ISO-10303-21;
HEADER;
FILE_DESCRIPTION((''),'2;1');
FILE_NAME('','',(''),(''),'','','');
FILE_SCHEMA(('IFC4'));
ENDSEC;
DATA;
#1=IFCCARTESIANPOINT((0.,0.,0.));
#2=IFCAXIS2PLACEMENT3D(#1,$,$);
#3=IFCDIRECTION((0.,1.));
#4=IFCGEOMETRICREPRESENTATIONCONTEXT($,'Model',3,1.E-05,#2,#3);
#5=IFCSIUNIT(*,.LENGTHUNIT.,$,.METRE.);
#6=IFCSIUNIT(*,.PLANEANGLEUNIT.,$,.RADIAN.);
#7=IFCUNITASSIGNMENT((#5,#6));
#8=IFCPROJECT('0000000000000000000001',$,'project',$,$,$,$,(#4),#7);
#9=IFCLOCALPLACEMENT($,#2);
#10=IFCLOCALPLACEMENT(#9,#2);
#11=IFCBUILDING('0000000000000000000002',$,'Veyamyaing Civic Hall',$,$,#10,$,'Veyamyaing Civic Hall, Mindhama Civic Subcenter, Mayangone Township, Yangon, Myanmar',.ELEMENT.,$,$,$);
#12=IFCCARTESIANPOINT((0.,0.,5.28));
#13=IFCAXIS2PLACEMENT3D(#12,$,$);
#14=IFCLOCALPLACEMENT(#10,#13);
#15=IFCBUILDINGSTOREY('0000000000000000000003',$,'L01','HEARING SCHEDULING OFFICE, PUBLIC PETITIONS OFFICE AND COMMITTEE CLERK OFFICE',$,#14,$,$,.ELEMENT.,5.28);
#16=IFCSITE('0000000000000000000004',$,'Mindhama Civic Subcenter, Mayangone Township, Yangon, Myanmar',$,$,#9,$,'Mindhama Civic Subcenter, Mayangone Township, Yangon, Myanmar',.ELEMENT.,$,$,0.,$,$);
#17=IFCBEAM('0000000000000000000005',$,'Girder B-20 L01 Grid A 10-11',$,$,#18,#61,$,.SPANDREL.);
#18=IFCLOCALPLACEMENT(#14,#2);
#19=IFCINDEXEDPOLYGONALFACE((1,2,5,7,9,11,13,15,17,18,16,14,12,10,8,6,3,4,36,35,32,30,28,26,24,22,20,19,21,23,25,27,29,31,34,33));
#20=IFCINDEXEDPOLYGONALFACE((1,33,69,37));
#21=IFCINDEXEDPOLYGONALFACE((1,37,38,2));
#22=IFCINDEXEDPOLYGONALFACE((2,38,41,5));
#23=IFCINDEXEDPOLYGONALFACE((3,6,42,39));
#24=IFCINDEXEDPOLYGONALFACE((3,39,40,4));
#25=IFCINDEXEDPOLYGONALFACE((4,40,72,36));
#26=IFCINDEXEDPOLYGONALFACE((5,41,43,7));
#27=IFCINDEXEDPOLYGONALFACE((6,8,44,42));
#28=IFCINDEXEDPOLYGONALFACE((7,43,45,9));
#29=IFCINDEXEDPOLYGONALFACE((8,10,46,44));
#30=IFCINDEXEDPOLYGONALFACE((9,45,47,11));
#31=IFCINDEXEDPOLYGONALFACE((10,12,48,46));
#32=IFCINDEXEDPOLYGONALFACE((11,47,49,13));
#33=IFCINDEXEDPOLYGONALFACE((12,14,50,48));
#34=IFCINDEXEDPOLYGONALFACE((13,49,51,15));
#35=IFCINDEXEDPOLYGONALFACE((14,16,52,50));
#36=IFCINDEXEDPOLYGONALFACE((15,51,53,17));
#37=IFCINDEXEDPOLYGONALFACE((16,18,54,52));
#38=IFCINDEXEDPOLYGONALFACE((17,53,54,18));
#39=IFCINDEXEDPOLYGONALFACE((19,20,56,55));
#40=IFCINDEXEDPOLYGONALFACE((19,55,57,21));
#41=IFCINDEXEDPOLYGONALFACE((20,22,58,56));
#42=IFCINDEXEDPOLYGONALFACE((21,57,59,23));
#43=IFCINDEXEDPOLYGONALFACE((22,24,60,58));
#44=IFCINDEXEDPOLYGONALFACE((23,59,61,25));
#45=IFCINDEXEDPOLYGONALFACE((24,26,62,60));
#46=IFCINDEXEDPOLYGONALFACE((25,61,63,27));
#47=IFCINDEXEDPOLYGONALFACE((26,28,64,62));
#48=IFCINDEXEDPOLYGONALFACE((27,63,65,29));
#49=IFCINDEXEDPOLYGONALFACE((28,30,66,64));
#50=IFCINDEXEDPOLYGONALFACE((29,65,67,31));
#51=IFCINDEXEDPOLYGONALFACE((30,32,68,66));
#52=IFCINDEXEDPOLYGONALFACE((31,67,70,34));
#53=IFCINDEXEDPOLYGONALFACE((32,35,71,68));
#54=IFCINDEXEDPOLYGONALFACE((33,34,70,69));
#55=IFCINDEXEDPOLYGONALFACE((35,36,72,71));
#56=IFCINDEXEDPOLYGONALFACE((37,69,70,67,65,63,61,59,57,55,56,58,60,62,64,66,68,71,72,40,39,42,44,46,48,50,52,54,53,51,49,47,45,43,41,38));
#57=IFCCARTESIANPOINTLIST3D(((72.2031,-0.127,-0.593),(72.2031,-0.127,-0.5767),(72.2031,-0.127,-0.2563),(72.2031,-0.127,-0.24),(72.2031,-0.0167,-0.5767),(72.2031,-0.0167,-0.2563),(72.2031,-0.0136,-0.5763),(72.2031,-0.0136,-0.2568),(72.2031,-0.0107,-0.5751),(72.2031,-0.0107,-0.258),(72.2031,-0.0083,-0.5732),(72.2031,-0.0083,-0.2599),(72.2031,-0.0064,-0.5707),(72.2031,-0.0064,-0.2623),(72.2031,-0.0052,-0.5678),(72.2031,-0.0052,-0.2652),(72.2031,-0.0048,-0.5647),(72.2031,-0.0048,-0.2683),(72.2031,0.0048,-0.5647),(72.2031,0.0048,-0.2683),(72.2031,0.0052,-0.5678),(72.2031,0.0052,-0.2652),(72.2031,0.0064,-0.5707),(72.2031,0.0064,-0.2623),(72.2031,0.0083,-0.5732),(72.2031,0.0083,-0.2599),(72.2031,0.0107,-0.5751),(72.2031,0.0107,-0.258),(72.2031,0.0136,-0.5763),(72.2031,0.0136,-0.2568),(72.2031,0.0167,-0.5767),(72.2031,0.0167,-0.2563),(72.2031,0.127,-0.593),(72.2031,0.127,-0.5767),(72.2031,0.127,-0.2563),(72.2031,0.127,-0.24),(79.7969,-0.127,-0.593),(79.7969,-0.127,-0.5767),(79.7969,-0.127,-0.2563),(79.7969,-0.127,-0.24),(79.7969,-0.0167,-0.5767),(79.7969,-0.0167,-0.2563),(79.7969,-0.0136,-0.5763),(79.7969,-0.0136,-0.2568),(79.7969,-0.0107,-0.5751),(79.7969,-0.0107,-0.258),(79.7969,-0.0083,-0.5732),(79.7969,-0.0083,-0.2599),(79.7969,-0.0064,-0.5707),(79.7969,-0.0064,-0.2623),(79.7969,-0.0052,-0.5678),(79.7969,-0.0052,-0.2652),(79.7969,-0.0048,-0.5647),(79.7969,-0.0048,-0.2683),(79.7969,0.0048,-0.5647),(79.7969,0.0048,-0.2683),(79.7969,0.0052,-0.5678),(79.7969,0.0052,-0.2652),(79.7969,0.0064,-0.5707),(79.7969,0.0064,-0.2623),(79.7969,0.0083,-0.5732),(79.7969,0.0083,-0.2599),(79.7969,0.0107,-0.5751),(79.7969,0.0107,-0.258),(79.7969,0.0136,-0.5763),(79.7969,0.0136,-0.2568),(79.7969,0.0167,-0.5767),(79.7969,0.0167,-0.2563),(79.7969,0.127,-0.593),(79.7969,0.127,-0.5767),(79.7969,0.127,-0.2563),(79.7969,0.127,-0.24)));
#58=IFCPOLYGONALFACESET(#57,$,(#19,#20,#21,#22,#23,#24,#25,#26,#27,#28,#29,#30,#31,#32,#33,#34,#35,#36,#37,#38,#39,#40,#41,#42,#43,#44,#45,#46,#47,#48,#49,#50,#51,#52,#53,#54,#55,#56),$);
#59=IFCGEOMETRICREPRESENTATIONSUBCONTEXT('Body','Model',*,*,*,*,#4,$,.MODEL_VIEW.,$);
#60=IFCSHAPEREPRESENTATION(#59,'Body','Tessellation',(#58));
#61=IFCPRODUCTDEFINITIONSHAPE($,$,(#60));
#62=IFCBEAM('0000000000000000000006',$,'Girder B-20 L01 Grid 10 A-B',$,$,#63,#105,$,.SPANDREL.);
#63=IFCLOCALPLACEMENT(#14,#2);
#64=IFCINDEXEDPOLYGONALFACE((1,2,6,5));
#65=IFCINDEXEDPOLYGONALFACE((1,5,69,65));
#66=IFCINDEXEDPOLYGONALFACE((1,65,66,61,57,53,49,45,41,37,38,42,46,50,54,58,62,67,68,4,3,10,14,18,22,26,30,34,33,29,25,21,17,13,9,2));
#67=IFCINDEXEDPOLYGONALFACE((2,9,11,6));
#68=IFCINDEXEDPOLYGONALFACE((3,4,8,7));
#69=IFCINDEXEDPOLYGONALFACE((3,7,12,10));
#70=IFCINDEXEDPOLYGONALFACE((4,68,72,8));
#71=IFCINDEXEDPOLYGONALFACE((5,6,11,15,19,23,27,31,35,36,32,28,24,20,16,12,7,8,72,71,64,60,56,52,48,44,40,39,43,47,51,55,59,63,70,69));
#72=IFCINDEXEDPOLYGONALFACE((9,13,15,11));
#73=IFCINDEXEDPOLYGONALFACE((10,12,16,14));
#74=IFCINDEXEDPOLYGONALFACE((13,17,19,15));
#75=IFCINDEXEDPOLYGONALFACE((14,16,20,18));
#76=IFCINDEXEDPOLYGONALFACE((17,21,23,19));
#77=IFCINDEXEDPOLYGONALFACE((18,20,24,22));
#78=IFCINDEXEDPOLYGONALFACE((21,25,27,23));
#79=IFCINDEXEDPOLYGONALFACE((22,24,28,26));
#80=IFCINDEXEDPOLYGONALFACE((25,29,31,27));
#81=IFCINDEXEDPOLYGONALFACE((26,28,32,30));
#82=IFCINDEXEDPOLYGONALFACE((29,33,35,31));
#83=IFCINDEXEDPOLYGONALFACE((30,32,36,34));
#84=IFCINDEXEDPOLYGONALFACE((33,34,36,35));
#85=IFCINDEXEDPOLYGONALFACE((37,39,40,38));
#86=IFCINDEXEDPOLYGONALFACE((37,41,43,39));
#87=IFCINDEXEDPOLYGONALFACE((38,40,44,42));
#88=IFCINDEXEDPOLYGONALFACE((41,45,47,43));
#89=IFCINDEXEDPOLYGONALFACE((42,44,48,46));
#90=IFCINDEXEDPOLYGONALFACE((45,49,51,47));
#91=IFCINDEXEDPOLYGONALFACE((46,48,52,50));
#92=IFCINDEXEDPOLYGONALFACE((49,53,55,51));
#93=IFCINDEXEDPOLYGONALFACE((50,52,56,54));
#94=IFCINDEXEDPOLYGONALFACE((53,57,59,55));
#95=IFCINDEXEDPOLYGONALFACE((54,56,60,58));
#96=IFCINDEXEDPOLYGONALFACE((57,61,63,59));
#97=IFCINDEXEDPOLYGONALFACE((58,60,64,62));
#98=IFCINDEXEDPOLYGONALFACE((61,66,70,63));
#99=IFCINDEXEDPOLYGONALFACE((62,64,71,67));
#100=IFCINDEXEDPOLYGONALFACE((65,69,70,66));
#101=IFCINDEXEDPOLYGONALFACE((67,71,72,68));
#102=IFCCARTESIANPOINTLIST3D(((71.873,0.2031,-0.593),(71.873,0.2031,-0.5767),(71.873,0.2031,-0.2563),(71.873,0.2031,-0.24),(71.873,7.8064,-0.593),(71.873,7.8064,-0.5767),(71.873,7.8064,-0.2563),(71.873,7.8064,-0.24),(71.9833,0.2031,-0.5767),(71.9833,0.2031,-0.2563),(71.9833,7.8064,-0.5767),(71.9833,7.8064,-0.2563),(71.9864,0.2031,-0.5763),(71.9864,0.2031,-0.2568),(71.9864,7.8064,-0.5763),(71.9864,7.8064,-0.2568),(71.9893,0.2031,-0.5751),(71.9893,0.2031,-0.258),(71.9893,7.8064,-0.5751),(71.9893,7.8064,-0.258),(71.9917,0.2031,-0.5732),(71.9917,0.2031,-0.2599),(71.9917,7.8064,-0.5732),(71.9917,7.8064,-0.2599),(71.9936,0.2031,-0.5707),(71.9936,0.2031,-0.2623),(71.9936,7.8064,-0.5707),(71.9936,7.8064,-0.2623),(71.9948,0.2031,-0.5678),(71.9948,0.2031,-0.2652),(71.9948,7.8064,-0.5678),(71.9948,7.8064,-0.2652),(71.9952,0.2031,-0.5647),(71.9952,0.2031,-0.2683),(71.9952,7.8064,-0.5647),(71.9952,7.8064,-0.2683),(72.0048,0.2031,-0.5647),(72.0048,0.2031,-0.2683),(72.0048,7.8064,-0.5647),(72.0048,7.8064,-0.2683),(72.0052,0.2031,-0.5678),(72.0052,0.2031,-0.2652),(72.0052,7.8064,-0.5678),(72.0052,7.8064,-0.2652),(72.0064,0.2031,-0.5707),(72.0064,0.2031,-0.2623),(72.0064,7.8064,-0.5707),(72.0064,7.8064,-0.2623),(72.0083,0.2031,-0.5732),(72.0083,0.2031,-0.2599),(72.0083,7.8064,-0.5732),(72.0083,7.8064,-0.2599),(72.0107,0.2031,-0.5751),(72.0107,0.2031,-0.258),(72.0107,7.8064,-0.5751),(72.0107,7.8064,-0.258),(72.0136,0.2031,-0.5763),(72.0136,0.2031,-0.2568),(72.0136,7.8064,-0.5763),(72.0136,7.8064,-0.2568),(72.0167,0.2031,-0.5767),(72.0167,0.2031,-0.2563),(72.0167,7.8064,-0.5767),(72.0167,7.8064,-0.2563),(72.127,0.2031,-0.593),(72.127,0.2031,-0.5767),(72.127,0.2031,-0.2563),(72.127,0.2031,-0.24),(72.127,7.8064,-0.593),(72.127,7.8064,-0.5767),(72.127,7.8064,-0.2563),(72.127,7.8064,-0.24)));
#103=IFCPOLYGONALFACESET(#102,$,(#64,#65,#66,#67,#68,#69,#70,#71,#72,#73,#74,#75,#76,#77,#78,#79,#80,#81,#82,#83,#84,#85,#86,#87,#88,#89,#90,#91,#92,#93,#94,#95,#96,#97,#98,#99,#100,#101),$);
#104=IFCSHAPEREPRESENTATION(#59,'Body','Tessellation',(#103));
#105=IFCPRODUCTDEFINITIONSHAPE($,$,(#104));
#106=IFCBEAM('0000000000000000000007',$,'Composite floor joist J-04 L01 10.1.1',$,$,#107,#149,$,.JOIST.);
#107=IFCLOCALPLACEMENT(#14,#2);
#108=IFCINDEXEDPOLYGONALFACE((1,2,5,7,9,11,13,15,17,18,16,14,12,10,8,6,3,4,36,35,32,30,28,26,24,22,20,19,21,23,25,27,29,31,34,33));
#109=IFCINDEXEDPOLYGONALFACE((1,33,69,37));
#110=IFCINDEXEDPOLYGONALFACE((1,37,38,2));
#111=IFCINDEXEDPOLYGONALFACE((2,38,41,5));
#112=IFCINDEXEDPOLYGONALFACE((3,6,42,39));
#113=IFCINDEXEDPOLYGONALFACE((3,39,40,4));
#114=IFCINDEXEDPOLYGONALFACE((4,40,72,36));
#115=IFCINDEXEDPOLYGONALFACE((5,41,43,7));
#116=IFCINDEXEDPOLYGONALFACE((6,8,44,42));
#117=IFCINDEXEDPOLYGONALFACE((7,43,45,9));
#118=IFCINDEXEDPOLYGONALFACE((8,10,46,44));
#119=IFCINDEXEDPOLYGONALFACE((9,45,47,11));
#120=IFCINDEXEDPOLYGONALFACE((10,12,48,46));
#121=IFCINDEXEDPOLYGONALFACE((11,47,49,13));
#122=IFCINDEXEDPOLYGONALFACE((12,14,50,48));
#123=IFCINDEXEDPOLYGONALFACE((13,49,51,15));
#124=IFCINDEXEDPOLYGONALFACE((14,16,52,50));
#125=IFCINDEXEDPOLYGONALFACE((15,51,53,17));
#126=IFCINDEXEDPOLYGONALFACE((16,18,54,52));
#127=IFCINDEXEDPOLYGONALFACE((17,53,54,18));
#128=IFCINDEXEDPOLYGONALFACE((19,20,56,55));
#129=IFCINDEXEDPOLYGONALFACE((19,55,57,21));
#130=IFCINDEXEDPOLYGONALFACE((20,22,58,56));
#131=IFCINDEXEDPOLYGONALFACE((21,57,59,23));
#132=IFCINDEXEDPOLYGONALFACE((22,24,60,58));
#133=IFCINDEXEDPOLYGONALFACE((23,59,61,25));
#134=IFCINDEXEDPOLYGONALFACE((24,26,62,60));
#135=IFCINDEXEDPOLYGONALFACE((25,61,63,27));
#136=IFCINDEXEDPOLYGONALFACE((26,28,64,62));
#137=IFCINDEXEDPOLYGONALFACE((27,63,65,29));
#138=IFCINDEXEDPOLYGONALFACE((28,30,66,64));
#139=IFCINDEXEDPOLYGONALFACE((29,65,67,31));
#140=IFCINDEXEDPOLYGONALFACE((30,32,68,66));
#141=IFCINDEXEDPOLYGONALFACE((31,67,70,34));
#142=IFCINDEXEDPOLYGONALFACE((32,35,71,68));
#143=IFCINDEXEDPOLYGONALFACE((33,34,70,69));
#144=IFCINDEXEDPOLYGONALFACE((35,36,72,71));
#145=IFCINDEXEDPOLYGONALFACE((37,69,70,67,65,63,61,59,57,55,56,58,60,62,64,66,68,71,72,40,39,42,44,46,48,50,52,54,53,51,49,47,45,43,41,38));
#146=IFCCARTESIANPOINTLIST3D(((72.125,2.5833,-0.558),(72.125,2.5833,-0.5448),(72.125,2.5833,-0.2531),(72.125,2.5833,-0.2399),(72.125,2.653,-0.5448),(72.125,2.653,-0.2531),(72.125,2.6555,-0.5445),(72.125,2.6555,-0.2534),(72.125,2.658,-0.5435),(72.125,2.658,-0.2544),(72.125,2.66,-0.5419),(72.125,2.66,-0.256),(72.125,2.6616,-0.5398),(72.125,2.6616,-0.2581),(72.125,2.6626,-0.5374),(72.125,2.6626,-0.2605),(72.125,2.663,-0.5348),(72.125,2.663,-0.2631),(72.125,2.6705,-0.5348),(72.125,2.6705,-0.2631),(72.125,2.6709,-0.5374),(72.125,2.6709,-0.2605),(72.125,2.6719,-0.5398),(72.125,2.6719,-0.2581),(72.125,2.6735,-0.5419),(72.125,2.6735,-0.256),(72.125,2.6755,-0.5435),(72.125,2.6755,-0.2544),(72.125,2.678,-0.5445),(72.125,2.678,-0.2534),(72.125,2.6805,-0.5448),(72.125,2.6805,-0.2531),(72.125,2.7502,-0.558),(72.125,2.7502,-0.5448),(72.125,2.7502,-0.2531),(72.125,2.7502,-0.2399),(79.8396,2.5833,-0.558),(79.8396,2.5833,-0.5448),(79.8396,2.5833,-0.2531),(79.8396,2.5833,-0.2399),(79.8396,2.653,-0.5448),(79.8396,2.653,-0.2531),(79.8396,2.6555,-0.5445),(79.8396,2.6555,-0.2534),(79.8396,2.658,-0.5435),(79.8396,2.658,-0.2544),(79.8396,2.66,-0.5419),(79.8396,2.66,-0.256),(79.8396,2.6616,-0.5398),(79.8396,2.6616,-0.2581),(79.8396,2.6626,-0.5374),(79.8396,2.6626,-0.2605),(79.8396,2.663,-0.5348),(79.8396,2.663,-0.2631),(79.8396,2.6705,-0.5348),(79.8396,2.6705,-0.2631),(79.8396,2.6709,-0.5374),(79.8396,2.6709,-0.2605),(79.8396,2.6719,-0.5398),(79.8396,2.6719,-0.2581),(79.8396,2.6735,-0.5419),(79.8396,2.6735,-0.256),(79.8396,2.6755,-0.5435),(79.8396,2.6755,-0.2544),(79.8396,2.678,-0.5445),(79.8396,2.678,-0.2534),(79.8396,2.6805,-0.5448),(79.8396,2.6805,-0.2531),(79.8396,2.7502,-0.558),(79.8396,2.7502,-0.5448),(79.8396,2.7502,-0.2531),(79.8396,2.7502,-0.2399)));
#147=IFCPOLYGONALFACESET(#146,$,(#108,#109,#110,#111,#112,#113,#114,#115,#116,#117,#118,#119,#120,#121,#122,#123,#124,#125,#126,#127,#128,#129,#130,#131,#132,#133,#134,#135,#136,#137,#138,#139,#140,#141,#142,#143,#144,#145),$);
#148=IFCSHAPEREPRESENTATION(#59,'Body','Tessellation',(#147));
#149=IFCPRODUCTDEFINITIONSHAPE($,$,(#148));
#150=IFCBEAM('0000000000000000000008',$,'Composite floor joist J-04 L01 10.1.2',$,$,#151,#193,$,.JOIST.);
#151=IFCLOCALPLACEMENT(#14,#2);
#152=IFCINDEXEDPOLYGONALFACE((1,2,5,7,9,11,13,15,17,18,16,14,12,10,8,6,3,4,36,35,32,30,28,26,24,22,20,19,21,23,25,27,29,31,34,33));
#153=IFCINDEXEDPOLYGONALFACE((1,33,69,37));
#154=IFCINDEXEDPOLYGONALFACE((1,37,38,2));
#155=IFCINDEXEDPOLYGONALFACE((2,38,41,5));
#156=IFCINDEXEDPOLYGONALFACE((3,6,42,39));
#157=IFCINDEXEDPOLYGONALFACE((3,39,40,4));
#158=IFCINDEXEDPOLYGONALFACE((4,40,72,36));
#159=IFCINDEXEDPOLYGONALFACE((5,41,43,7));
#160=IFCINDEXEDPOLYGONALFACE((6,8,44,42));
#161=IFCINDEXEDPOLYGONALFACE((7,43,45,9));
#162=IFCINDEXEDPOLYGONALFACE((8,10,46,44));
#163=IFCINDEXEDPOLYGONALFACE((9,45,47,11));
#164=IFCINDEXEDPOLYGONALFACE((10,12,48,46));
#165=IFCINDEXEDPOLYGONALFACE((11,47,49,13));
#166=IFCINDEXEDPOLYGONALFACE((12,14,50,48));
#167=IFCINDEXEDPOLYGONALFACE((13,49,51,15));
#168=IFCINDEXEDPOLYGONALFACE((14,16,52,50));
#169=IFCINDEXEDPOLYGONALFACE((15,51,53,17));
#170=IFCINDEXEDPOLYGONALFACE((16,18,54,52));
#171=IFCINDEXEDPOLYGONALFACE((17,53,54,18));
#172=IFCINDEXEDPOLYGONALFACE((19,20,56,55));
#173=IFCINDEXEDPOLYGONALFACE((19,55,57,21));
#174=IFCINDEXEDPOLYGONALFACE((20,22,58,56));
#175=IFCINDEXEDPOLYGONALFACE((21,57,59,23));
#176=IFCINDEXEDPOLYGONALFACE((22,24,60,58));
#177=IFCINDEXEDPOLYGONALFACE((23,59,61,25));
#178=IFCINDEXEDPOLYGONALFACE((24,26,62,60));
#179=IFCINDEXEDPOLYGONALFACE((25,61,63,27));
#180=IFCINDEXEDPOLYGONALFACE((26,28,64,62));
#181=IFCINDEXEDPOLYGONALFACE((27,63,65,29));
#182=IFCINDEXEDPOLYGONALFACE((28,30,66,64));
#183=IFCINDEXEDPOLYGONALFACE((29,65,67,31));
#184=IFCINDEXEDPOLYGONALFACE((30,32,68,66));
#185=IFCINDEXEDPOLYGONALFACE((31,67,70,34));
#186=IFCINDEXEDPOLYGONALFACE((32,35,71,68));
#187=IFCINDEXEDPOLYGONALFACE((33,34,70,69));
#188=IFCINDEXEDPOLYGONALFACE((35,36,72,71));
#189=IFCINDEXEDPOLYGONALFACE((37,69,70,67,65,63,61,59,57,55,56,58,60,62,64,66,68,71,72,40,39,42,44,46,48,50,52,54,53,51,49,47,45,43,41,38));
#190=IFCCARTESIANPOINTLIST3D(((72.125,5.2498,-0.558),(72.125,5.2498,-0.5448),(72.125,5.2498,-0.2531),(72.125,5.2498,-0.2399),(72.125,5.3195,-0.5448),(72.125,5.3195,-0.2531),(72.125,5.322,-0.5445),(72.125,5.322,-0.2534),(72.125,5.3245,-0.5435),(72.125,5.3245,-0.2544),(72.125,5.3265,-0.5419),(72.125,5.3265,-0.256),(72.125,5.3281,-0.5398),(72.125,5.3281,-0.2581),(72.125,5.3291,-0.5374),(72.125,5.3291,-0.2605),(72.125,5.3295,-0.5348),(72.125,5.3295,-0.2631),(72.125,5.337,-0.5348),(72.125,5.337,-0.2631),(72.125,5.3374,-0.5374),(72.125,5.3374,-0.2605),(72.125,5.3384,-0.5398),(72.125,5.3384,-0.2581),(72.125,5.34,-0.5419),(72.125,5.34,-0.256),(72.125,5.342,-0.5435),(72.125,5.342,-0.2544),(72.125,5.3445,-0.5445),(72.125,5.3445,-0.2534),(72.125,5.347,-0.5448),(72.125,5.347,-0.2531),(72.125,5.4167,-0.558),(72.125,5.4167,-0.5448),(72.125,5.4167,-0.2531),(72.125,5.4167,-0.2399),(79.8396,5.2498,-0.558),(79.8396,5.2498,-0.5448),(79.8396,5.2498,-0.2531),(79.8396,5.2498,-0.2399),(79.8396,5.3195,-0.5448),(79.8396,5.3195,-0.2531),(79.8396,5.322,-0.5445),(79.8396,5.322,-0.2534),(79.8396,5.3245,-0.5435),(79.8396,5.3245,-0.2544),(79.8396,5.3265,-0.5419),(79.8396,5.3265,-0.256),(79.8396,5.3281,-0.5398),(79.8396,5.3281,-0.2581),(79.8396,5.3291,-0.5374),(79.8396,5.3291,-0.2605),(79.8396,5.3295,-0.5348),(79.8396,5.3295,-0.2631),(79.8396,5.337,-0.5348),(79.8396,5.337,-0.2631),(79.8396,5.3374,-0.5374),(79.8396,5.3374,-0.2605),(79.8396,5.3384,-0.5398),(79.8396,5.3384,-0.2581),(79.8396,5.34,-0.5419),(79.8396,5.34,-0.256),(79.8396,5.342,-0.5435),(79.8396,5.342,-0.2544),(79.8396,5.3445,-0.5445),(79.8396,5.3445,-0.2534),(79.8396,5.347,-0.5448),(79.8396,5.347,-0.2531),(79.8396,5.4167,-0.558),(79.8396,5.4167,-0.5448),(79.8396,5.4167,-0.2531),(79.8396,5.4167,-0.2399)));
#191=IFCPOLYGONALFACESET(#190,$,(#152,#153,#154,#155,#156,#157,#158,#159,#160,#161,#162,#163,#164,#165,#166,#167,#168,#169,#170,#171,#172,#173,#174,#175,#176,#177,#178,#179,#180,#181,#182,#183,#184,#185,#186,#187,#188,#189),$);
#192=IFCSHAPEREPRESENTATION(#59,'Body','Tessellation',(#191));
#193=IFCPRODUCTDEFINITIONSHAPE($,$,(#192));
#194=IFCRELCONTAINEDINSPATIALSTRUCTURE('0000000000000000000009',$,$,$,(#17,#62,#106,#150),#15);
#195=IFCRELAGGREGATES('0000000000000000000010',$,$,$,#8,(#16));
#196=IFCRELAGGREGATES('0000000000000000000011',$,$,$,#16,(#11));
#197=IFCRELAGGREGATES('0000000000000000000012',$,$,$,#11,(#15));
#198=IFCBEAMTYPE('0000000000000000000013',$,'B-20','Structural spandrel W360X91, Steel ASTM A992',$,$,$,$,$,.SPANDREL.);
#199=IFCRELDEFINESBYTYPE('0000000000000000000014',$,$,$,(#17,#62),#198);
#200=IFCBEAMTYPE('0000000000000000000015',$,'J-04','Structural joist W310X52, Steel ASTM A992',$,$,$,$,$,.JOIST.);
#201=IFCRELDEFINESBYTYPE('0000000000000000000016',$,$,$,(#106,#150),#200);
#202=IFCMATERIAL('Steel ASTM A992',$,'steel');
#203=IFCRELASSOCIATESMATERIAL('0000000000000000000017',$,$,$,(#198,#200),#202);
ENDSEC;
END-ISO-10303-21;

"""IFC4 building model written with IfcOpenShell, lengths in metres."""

from ifc_helpers import new_model, si_unit, direction, frame, origin, origin_2d, place, context, subcontext, project, spatial, i_section, extrude, material, material_profile, profile_set, type_object, element, save


model = new_model("IFC4")

# Units and contexts
model_context = context("Model", 3, precision=1e-05, world=origin(), true_north=direction((0.0, 1.0)))
body_context = subcontext(model_context, "Body", "Model", "MODEL_VIEW")
ifc_project = project(units=[si_unit("LENGTHUNIT", "METRE"), si_unit("PLANEANGLEUNIT", "RADIAN")], contexts=[model_context])

# Site, building, storey
site_placement = place(None, origin())
site = spatial("IfcSite", under=ifc_project, at=site_placement, Name="Mindhama Civic Subcenter, Mayangone Township, Yangon, Myanmar", LongName="Mindhama Civic Subcenter, Mayangone Township, Yangon, Myanmar", CompositionType="ELEMENT", RefElevation=0.0)
building_placement = place(site_placement, origin())
building = spatial("IfcBuilding", under=site, at=building_placement, Name="Veyamyaing Civic Hall", LongName="Veyamyaing Civic Hall, Mindhama Civic Subcenter, Mayangone Township, Yangon, Myanmar", CompositionType="ELEMENT")
storey_placement = place(building_placement, frame((0.0, 0.0, 5.28)))
storey = spatial("IfcBuildingStorey", under=building, at=storey_placement, Name="L01", Description="HEARING SCHEDULING OFFICE, PUBLIC PETITIONS OFFICE AND COMMITTEE CLERK OFFICE", CompositionType="ELEMENT", Elevation=5.28)

# Beams
ifc_material_1 = material(Name="Steel ASTM A992", Category="steel")
ifc_material_profile_1 = material_profile(ifc_material_1, i_section(OverallWidth=0.2539, OverallDepth=0.353, WebThickness=0.0095, FlangeThickness=0.0164, FilletRadius=0.012, at=origin_2d()), Name="W360X91")
ifc_profile_set_1 = profile_set([ifc_material_profile_1], Name="Steel ASTM A992")
beam_type_1 = type_object("IfcBeamType", Name="B-20", Description="Structural spandrel W360X91, Steel ASTM A992", PredefinedType="SPANDREL", material=ifc_profile_set_1)
beam_1_placement = place(storey_placement, frame((72.2031, 0.0, -0.4165), z_axis=(1.0, 0.0, 0.0), x_axis=(0.0, 1.0, 0.0)))
element("IfcBeam", 1, at=beam_1_placement, inside=storey, type_object=beam_type_1, Name="Girder B-20 L01 Grid A 10-11", PredefinedType="SPANDREL", context=body_context, shape_type="SweptSolid", body=[
    extrude(i_section(OverallWidth=0.2539, OverallDepth=0.353, WebThickness=0.0095, FlangeThickness=0.0164, FilletRadius=0.012, at=origin_2d()), origin(), (0.0, 0.0, 1.0), 7.5938),
])
beam_2_placement = place(storey_placement, frame((72.0, 0.2031, -0.4165), z_axis=(0.0, 1.0, 0.0), x_axis=(-1.0, 0.0, 0.0)))
element("IfcBeam", 2, at=beam_2_placement, inside=storey, type_object=beam_type_1, Name="Girder B-20 L01 Grid 10 A-B", PredefinedType="SPANDREL", context=body_context, shape_type="SweptSolid", body=[
    extrude(i_section(OverallWidth=0.2539, OverallDepth=0.353, WebThickness=0.0095, FlangeThickness=0.0164, FilletRadius=0.012, at=origin_2d()), origin(), (0.0, 0.0, 1.0), 7.6033),
])
ifc_material_profile_2 = material_profile(ifc_material_1, i_section(OverallWidth=0.167, OverallDepth=0.3181, WebThickness=0.0076, FlangeThickness=0.0132, FilletRadius=0.01, at=origin_2d()), Name="W310X52")
ifc_profile_set_2 = profile_set([ifc_material_profile_2], Name="Steel ASTM A992")
beam_type_2 = type_object("IfcBeamType", Name="J-04", Description="Structural joist W310X52, Steel ASTM A992", PredefinedType="JOIST", material=ifc_profile_set_2)
for number, where, z_axis, x_axis, name in (
    (3, (72.125, 2.6667, -0.3989), (1.0, 0.0, 0.0), (0.0, 1.0, 0.0), "Composite floor joist J-04 L01 10.1.1"),
    (4, (72.125, 5.3333, -0.3989), (1.0, 0.0, 0.0), (0.0, 1.0, 0.0), "Composite floor joist J-04 L01 10.1.2"),
):
    element("IfcBeam", number, at=place(storey_placement, frame(where, z_axis=z_axis, x_axis=x_axis)), inside=storey, type_object=beam_type_2, Name=name, PredefinedType="JOIST", context=body_context, shape_type="SweptSolid", body=[
        extrude(i_section(OverallWidth=0.167, OverallDepth=0.3181, WebThickness=0.0076, FlangeThickness=0.0132, FilletRadius=0.01, at=origin_2d()), origin(), (0.0, 0.0, 1.0), 7.7146),
    ])

save(model, "model.ifc")
